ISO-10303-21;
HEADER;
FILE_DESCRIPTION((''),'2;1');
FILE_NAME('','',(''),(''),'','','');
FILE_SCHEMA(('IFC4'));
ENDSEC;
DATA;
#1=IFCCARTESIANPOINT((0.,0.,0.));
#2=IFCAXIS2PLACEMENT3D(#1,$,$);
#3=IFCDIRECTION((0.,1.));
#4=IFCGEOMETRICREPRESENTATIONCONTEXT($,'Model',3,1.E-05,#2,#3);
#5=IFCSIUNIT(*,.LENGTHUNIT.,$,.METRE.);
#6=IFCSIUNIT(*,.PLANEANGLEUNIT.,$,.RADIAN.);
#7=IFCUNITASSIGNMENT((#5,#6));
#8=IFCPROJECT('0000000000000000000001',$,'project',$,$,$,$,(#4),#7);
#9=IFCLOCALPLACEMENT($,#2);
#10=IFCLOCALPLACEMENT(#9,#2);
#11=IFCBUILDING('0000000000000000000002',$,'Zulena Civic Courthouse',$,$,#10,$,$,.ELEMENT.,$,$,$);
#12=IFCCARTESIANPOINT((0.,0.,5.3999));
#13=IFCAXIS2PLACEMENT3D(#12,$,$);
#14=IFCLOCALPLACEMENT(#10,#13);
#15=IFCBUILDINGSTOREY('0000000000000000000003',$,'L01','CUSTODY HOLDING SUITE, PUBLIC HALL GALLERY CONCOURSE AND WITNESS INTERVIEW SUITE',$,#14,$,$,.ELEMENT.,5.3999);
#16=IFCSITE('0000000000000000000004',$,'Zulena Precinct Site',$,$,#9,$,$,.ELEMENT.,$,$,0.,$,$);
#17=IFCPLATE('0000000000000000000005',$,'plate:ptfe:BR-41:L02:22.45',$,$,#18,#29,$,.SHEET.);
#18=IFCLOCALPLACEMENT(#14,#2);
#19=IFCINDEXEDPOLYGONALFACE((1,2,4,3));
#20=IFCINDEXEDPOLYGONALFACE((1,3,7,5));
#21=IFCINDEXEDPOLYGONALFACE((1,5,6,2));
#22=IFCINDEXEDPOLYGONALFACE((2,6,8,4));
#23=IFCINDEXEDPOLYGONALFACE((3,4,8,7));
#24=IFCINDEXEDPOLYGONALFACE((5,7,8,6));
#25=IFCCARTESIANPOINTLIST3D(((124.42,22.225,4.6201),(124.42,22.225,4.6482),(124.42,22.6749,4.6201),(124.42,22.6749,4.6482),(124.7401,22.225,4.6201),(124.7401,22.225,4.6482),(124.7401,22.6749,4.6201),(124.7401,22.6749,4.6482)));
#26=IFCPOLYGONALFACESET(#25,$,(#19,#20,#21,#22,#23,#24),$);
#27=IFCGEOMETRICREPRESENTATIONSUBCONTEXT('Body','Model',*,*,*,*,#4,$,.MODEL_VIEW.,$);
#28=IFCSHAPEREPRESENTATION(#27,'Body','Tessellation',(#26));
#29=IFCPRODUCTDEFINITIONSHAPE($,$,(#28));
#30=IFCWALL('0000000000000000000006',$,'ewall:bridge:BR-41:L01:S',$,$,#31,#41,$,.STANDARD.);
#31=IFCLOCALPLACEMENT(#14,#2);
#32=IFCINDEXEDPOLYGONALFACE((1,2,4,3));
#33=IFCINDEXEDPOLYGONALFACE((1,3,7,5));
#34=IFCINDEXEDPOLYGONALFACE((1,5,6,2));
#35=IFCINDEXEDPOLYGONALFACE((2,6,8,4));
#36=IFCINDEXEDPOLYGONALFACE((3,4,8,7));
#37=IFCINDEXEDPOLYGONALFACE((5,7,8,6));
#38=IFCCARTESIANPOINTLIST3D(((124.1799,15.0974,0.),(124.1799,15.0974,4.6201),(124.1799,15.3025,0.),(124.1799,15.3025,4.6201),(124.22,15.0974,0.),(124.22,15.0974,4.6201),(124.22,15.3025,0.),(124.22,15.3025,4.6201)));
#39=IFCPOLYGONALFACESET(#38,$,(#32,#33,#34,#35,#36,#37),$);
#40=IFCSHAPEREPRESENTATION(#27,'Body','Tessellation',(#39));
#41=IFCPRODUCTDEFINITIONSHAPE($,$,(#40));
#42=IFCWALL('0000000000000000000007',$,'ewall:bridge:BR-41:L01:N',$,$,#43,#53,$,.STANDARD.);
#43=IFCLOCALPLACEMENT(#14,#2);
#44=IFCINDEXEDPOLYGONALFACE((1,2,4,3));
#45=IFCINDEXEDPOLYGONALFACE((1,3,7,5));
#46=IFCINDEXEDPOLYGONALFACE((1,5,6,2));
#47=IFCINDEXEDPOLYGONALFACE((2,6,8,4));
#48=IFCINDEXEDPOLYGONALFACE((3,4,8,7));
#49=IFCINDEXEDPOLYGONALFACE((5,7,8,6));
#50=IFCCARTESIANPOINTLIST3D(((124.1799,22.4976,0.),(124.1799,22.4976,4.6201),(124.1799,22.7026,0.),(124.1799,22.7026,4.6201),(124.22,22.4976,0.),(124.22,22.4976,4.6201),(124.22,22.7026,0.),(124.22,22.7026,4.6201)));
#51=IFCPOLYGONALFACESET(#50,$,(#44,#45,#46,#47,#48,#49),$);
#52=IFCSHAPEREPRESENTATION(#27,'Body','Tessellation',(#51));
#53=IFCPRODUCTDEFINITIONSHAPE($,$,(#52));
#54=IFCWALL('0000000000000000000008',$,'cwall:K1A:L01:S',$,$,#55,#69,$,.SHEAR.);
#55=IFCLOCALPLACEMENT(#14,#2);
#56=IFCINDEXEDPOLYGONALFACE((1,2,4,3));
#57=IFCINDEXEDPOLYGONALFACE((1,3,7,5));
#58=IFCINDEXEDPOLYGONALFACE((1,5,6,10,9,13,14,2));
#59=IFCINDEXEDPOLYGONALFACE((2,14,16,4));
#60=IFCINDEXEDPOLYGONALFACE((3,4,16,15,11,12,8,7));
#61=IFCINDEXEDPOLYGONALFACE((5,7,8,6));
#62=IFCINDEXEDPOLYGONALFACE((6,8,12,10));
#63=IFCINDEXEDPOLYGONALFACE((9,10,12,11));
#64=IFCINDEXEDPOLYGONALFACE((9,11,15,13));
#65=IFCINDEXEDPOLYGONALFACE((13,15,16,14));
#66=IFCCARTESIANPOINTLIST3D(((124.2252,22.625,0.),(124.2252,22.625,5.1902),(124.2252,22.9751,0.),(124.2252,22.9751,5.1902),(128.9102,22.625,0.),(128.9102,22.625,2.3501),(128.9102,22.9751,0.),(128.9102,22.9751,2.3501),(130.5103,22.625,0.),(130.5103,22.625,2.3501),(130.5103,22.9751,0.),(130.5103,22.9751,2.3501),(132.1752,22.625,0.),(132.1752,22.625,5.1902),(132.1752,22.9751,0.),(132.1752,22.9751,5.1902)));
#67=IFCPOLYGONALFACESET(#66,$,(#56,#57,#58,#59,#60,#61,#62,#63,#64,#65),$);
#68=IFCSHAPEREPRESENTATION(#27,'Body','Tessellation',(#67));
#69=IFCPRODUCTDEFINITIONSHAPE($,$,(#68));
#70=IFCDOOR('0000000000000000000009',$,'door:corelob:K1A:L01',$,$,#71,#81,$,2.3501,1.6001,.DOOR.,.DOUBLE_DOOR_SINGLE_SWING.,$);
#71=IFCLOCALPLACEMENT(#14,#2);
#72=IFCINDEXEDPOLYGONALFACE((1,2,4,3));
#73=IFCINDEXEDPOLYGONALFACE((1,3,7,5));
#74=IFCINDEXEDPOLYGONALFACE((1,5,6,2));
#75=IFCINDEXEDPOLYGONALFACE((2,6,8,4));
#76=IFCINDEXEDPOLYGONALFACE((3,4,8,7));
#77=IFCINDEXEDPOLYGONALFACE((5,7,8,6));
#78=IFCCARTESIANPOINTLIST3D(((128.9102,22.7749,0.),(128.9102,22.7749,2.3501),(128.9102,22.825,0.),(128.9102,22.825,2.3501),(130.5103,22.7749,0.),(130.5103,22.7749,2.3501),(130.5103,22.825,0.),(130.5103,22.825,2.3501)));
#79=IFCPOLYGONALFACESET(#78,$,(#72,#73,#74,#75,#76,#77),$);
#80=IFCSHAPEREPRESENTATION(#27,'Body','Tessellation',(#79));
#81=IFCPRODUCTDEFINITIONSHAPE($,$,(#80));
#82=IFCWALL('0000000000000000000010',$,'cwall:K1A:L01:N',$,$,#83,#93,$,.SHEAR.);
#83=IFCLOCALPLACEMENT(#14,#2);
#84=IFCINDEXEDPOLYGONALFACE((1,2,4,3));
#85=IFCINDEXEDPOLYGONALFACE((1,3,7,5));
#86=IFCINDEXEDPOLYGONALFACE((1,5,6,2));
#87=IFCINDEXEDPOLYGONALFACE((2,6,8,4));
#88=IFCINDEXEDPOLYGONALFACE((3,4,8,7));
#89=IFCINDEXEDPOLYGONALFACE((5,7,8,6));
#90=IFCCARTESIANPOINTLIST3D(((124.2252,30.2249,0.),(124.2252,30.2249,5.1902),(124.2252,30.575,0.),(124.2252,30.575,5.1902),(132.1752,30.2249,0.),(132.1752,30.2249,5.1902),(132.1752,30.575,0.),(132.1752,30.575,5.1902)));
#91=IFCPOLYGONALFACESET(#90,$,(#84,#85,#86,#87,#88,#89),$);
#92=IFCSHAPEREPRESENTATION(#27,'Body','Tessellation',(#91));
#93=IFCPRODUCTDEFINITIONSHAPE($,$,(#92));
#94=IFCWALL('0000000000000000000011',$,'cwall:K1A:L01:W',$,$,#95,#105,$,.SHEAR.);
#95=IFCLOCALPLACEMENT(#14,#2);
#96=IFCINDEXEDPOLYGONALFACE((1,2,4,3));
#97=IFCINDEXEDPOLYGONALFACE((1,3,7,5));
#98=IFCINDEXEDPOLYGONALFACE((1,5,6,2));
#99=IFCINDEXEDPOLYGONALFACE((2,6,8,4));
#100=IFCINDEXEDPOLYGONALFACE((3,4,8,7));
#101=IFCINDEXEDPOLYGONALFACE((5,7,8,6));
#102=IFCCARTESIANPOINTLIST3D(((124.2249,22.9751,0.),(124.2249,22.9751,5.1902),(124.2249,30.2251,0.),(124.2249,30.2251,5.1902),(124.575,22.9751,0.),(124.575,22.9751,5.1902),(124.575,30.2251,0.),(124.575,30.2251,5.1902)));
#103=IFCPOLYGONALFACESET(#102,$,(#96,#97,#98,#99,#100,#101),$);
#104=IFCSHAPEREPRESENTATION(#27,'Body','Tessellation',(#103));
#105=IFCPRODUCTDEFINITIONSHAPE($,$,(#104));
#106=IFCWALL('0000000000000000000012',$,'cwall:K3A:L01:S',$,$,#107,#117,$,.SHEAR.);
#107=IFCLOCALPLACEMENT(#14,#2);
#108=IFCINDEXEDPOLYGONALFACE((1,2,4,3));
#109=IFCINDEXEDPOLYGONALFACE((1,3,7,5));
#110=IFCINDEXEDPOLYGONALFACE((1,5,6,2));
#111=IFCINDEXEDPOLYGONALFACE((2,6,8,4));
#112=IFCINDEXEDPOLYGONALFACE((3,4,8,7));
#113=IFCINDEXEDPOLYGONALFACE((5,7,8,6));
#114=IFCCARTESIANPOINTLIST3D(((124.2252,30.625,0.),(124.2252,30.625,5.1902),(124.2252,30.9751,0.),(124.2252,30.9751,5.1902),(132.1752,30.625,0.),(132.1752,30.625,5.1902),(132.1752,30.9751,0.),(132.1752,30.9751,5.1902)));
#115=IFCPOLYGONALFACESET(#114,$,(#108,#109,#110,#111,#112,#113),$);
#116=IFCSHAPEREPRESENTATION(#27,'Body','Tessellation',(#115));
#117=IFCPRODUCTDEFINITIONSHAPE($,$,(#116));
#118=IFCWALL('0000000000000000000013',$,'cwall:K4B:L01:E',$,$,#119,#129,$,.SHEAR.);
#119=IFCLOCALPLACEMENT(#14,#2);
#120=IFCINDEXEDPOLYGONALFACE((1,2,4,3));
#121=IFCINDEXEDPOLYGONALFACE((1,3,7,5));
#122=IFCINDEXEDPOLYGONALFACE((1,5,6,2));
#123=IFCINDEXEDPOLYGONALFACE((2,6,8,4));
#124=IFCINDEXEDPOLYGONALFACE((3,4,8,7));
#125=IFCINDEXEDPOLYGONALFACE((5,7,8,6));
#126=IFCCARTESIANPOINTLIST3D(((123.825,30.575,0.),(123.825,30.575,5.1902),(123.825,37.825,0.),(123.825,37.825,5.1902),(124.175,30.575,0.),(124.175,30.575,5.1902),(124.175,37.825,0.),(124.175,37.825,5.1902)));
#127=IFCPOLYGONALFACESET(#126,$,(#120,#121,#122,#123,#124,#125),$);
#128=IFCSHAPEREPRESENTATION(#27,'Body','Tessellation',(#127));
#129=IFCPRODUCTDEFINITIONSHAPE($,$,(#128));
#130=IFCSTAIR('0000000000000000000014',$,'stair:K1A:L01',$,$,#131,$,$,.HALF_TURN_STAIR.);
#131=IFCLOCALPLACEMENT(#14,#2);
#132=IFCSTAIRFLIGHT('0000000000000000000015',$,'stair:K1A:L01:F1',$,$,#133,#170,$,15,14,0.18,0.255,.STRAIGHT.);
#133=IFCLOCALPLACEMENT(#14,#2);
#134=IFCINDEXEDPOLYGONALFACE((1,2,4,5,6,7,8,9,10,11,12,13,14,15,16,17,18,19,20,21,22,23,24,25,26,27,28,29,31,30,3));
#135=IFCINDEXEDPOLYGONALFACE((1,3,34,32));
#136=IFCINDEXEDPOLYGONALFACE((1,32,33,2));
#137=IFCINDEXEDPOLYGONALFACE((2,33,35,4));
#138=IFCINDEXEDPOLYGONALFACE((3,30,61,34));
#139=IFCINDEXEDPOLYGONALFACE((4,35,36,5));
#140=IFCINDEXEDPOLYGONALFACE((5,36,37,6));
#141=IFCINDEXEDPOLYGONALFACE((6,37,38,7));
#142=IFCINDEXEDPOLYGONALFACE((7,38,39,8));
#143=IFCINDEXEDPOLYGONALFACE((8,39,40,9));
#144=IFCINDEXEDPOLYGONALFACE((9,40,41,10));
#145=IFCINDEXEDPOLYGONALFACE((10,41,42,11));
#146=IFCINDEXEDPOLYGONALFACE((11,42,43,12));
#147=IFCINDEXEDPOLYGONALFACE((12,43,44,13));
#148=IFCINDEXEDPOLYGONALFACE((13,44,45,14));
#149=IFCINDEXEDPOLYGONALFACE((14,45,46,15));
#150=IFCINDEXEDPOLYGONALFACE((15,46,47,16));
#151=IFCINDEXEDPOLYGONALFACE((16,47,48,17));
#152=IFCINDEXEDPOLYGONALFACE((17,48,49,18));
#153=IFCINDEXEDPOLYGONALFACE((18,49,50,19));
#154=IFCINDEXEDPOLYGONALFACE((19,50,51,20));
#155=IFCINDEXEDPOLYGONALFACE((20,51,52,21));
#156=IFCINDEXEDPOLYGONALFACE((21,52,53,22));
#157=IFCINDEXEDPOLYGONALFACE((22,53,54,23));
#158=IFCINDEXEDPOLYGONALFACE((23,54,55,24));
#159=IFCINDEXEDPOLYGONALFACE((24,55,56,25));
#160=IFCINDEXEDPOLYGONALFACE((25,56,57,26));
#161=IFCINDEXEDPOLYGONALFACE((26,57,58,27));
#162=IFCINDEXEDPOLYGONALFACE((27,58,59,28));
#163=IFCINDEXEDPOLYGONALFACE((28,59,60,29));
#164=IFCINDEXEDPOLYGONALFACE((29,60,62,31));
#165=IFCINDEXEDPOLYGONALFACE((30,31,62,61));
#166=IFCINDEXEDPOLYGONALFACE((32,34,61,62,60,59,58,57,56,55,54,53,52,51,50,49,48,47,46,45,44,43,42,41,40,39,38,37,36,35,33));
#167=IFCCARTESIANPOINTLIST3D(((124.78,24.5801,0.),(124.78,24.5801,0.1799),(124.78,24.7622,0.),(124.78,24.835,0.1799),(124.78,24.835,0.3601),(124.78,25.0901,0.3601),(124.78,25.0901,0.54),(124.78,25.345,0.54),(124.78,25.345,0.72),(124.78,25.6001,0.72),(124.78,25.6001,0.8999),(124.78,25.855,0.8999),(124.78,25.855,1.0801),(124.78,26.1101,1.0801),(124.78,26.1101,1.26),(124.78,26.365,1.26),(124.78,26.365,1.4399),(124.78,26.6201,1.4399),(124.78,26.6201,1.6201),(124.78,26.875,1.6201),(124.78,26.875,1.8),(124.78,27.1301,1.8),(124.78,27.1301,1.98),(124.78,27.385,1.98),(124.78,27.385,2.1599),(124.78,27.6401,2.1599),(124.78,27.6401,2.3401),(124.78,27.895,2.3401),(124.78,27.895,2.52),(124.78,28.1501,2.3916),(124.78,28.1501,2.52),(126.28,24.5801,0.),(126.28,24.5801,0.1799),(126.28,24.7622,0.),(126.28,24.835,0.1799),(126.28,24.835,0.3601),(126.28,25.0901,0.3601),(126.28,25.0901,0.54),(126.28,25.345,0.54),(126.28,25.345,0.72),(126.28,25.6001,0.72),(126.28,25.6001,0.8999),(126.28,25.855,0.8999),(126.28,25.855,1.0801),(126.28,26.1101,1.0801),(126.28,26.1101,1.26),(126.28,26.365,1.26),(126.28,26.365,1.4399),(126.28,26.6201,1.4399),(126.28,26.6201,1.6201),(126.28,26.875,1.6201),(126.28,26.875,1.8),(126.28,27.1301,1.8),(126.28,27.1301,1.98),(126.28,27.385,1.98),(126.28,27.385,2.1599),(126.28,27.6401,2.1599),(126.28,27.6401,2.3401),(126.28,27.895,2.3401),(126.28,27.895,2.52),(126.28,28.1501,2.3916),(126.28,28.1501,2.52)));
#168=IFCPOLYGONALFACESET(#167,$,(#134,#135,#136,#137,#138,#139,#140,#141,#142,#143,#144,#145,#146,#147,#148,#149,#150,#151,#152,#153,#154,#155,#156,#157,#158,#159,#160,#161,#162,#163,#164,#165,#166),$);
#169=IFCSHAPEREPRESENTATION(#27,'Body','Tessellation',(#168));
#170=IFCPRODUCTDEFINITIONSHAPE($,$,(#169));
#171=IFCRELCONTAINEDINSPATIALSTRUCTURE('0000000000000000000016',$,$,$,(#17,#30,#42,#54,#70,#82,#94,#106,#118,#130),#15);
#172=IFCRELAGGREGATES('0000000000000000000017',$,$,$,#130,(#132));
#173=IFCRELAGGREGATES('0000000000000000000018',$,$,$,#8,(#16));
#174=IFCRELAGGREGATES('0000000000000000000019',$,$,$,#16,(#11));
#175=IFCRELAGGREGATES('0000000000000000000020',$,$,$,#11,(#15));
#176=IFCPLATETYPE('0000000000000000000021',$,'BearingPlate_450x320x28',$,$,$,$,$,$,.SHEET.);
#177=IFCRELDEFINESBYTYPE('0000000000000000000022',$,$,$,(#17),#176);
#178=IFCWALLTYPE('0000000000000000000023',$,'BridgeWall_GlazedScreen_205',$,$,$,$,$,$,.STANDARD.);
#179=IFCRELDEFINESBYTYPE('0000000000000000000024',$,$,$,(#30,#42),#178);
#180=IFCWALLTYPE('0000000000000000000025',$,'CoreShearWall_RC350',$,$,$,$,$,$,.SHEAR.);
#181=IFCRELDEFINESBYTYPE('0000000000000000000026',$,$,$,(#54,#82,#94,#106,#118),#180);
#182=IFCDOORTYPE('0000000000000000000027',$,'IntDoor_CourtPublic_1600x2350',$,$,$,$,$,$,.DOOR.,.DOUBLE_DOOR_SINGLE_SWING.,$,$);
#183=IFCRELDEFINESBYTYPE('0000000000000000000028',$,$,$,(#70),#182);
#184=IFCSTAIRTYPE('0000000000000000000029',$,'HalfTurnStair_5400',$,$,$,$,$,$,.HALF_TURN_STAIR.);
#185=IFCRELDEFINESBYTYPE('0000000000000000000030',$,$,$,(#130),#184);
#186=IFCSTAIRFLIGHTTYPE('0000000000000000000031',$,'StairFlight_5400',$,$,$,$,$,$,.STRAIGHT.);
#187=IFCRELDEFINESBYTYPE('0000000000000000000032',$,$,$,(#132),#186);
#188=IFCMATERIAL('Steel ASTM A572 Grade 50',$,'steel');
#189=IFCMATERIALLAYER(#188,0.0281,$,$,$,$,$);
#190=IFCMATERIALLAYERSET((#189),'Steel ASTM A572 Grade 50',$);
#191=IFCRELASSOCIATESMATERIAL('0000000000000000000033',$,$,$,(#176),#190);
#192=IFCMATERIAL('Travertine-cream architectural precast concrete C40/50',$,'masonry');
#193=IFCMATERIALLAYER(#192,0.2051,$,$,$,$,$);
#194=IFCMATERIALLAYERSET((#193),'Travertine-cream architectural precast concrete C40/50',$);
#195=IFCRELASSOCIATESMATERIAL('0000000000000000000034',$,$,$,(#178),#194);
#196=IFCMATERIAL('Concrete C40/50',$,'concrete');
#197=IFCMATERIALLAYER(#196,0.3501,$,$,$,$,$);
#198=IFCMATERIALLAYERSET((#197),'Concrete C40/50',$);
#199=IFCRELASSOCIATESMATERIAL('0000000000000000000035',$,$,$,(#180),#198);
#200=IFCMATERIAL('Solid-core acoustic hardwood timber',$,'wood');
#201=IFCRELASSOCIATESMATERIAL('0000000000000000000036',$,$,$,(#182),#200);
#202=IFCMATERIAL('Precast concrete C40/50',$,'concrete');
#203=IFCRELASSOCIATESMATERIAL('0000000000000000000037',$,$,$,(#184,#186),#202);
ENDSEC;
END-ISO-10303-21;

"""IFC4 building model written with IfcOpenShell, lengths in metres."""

from ifc_helpers import new_model, si_unit, direction, frame, frame_2d, origin, origin_2d, place, context, subcontext, project, spatial, polyline, rectangle, outline, extrude, material, layer, layer_set, type_object, element, fill, aggregate, save


model = new_model("IFC4")

# Units and contexts
model_context = context("Model", 3, precision=1e-05, world=origin(), true_north=direction((0.0, 1.0)))
body_context = subcontext(model_context, "Body", "Model", "MODEL_VIEW")
ifc_project = project(units=[si_unit("LENGTHUNIT", "METRE"), si_unit("PLANEANGLEUNIT", "RADIAN")], contexts=[model_context])

# Site, building, storey
site_placement = place(None, origin())
site = spatial("IfcSite", under=ifc_project, at=site_placement, Name="Zulena Precinct Site", CompositionType="ELEMENT", RefElevation=0.0)
building_placement = place(site_placement, origin())
building = spatial("IfcBuilding", under=site, at=building_placement, Name="Zulena Civic Courthouse", CompositionType="ELEMENT")
storey_placement = place(building_placement, frame((0.0, 0.0, 5.3999)))
storey = spatial("IfcBuildingStorey", under=building, at=storey_placement, Name="L01", Description="CUSTODY HOLDING SUITE, PUBLIC HALL GALLERY CONCOURSE AND WITNESS INTERVIEW SUITE", CompositionType="ELEMENT", Elevation=5.3999)

# Plate
ifc_material_1 = material(Name="Steel ASTM A572 Grade 50", Category="steel")
ifc_layer_1 = layer(ifc_material_1, 0.0281)
ifc_layer_set_1 = layer_set([ifc_layer_1], Name="Steel ASTM A572 Grade 50")
plate_type = type_object("IfcPlateType", Name="BearingPlate_450x320x28", PredefinedType="SHEET", material=ifc_layer_set_1)
for number, where, z_axis, x_axis, name in (
    (1, (124.5801, 22.45, 4.6201), (0.0, 0.0, 1.0), (1.0, 0.0, 0.0), "plate:ptfe:BR-41:L02:22.45"),
):
    element("IfcPlate", number, at=place(storey_placement, frame(where, z_axis=z_axis, x_axis=x_axis)), inside=storey, type_object=plate_type, Name=name, PredefinedType="SHEET", context=body_context, shape_type="SweptSolid", body=[
        extrude(rectangle(XDim=0.3201, YDim=0.45, at=origin_2d()), origin(), (0.0, 0.0, 1.0), 0.0281),
    ])

# Walls
ifc_material_2 = material(Name="Travertine-cream architectural precast concrete C40/50", Category="masonry")
ifc_layer_2 = layer(ifc_material_2, 0.2051)
ifc_layer_set_2 = layer_set([ifc_layer_2], Name="Travertine-cream architectural precast concrete C40/50")
wall_type_1 = type_object("IfcWallType", Name="BridgeWall_GlazedScreen_205", PredefinedType="STANDARD", material=ifc_layer_set_2)
for number, where, z_axis, x_axis, name in (
    (2, (124.22, 15.2, 0.0), (0.0, 0.0, 1.0), (-1.0, 0.0, 0.0), "ewall:bridge:BR-41:L01:S"),
    (3, (124.1799, 22.6001, 0.0), (0.0, 0.0, 1.0), (1.0, 0.0, 0.0), "ewall:bridge:BR-41:L01:N"),
):
    element("IfcWall", number, at=place(storey_placement, frame(where, z_axis=z_axis, x_axis=x_axis)), inside=storey, type_object=wall_type_1, Name=name, PredefinedType="STANDARD", context=body_context, shape_type="SweptSolid", body=[
        extrude(rectangle(XDim=0.04, YDim=0.2051, at=frame_2d((0.02, 0.0))), origin(), (0.0, 0.0, 1.0), 4.6201),
    ])

# Wall, opening, door
ifc_material_3 = material(Name="Concrete C40/50", Category="concrete")
ifc_layer_3 = layer(ifc_material_3, 0.3501)
ifc_layer_set_3 = layer_set([ifc_layer_3], Name="Concrete C40/50")
wall_type_2 = type_object("IfcWallType", Name="CoreShearWall_RC350", PredefinedType="SHEAR", material=ifc_layer_set_3)
wall_1_placement = place(storey_placement, frame((124.2251, 22.8, 0.0), z_axis=(0.0, 0.0, 1.0), x_axis=(1.0, 0.0, 0.0)))
wall_1 = element("IfcWall", 4, at=wall_1_placement, inside=storey, type_object=wall_type_2, Name="cwall:K1A:L01:S", PredefinedType="SHEAR", context=body_context, shape_type="SweptSolid", body=[
    extrude(rectangle(XDim=7.95, YDim=0.3501, at=frame_2d((3.9751, 0.0))), origin(), (0.0, 0.0, 1.0), 5.1902),
])
opening_placement = place(wall_1_placement, frame((4.6851, 0.0, 0.0)))
opening = element("IfcOpeningElement", 5, at=opening_placement, cuts=wall_1, PredefinedType="OPENING", context=body_context, shape_type="SweptSolid", body=[
    extrude(rectangle(XDim=1.6001, YDim=2.3501, at=frame_2d((0.8, 1.175))), frame((0.0, 0.1851, 0.0), z_axis=(0.0, -1.0, 0.0), x_axis=(1.0, 0.0, 0.0)), (0.0, 0.0, 1.0), 0.3701),
])
ifc_material_4 = material(Name="Solid-core acoustic hardwood timber", Category="wood")
door_type = type_object("IfcDoorType", Name="IntDoor_CourtPublic_1600x2350", OperationType="DOUBLE_DOOR_SINGLE_SWING", PredefinedType="DOOR", material=ifc_material_4)
door_placement = place(opening_placement, origin())
door = element("IfcDoor", 6, at=door_placement, inside=storey, type_object=door_type, Name="door:corelob:K1A:L01", OperationType="DOUBLE_DOOR_SINGLE_SWING", OverallHeight=2.3501, OverallWidth=1.6001, PredefinedType="DOOR", context=body_context, shape_type="SweptSolid", body=[
    extrude(rectangle(XDim=1.6001, YDim=2.3501, at=frame_2d((0.8, 1.175))), frame((0.0, 0.0249, 0.0), z_axis=(0.0, -1.0, 0.0), x_axis=(1.0, 0.0, 0.0)), (0.0, 0.0, 1.0), 0.05),
])
fill(opening, door)

# Walls
wall_2_placement = place(storey_placement, frame((124.2251, 30.3999, 0.0), z_axis=(0.0, 0.0, 1.0), x_axis=(1.0, 0.0, 0.0)))
element("IfcWall", 7, at=wall_2_placement, inside=storey, type_object=wall_type_2, Name="cwall:K1A:L01:N", PredefinedType="SHEAR", context=body_context, shape_type="SweptSolid", body=[
    extrude(rectangle(XDim=7.95, YDim=0.3501, at=frame_2d((3.9751, 0.0))), origin(), (0.0, 0.0, 1.0), 5.1902),
])
wall_3_placement = place(storey_placement, frame((124.3999, 22.9751, 0.0), z_axis=(0.0, 0.0, 1.0), x_axis=(0.0, 1.0, 0.0)))
element("IfcWall", 8, at=wall_3_placement, inside=storey, type_object=wall_type_2, Name="cwall:K1A:L01:W", PredefinedType="SHEAR", context=body_context, shape_type="SweptSolid", body=[
    extrude(rectangle(XDim=7.25, YDim=0.3501, at=frame_2d((3.625, 0.0))), origin(), (0.0, 0.0, 1.0), 5.1902),
])
wall_4_placement = place(storey_placement, frame((124.2251, 30.8, 0.0), z_axis=(0.0, 0.0, 1.0), x_axis=(1.0, 0.0, 0.0)))
element("IfcWall", 9, at=wall_4_placement, inside=storey, type_object=wall_type_2, Name="cwall:K3A:L01:S", PredefinedType="SHEAR", context=body_context, shape_type="SweptSolid", body=[
    extrude(rectangle(XDim=7.95, YDim=0.3501, at=frame_2d((3.9751, 0.0))), origin(), (0.0, 0.0, 1.0), 5.1902),
])
wall_5_placement = place(storey_placement, frame((124.0, 30.575, 0.0), z_axis=(0.0, 0.0, 1.0), x_axis=(0.0, 1.0, 0.0)))
element("IfcWall", 10, at=wall_5_placement, inside=storey, type_object=wall_type_2, Name="cwall:K4B:L01:E", PredefinedType="SHEAR", context=body_context, shape_type="SweptSolid", body=[
    extrude(rectangle(XDim=7.25, YDim=0.3501, at=frame_2d((3.625, 0.0))), origin(), (0.0, 0.0, 1.0), 5.1902),
])

# Stair, stair flight
ifc_material_5 = material(Name="Precast concrete C40/50", Category="concrete")
stair_type = type_object("IfcStairType", Name="HalfTurnStair_5400", PredefinedType="HALF_TURN_STAIR", material=ifc_material_5)
stair_placement = place(storey_placement, origin())
stair = element("IfcStair", 11, at=stair_placement, inside=storey, type_object=stair_type, Name="stair:K1A:L01", PredefinedType="HALF_TURN_STAIR")
stair_flight_type = type_object("IfcStairFlightType", Name="StairFlight_5400", PredefinedType="STRAIGHT", material=ifc_material_5)
stair_flight_1_placement = place(storey_placement, frame((125.53, 24.5801, 0.0), z_axis=(0.0, 0.0, 1.0), x_axis=(0.0, 1.0, 0.0)))
stair_flight_1 = element("IfcStairFlight", 12, at=stair_flight_1_placement, type_object=stair_flight_type, Name="stair:K1A:L01:F1", NumberOfRisers=15, NumberOfTreads=14, PredefinedType="STRAIGHT", RiserHeight=0.18, TreadLength=0.255, context=body_context, shape_type="SweptSolid", body=[
    extrude(outline(polyline([(0.0, 0.0), (0.0, 0.1799), (0.2549, 0.1799), (0.2549, 0.3601), (0.51, 0.3601), (0.51, 0.54), (0.7649, 0.54), (0.7649, 0.72), (1.02, 0.72), (1.02, 0.8999), (1.2749, 0.8999), (1.2749, 1.0801), (1.53, 1.0801), (1.53, 1.26), (1.7849, 1.26), (1.7849, 1.4399), (2.04, 1.4399), (2.04, 1.6201), (2.2949, 1.6201), (2.2949, 1.8), (2.55, 1.8), (2.55, 1.98), (2.8049, 1.98), (2.8049, 2.1599), (3.0601, 2.1599), (3.0601, 2.3401), (3.3149, 2.3401), (3.3149, 2.52), (3.5701, 2.52), (3.5701, 2.7), (3.5701, 2.3916), (0.1821, 0.0), (0.0, 0.0)])), frame((0.0, 0.75, 0.0), z_axis=(0.0, -1.0, 0.0), x_axis=(1.0, 0.0, 0.0)), (0.0, 0.0, 1.0), 1.5),
])
aggregate(stair, [stair_flight_1])

save(model, "model.ifc")
